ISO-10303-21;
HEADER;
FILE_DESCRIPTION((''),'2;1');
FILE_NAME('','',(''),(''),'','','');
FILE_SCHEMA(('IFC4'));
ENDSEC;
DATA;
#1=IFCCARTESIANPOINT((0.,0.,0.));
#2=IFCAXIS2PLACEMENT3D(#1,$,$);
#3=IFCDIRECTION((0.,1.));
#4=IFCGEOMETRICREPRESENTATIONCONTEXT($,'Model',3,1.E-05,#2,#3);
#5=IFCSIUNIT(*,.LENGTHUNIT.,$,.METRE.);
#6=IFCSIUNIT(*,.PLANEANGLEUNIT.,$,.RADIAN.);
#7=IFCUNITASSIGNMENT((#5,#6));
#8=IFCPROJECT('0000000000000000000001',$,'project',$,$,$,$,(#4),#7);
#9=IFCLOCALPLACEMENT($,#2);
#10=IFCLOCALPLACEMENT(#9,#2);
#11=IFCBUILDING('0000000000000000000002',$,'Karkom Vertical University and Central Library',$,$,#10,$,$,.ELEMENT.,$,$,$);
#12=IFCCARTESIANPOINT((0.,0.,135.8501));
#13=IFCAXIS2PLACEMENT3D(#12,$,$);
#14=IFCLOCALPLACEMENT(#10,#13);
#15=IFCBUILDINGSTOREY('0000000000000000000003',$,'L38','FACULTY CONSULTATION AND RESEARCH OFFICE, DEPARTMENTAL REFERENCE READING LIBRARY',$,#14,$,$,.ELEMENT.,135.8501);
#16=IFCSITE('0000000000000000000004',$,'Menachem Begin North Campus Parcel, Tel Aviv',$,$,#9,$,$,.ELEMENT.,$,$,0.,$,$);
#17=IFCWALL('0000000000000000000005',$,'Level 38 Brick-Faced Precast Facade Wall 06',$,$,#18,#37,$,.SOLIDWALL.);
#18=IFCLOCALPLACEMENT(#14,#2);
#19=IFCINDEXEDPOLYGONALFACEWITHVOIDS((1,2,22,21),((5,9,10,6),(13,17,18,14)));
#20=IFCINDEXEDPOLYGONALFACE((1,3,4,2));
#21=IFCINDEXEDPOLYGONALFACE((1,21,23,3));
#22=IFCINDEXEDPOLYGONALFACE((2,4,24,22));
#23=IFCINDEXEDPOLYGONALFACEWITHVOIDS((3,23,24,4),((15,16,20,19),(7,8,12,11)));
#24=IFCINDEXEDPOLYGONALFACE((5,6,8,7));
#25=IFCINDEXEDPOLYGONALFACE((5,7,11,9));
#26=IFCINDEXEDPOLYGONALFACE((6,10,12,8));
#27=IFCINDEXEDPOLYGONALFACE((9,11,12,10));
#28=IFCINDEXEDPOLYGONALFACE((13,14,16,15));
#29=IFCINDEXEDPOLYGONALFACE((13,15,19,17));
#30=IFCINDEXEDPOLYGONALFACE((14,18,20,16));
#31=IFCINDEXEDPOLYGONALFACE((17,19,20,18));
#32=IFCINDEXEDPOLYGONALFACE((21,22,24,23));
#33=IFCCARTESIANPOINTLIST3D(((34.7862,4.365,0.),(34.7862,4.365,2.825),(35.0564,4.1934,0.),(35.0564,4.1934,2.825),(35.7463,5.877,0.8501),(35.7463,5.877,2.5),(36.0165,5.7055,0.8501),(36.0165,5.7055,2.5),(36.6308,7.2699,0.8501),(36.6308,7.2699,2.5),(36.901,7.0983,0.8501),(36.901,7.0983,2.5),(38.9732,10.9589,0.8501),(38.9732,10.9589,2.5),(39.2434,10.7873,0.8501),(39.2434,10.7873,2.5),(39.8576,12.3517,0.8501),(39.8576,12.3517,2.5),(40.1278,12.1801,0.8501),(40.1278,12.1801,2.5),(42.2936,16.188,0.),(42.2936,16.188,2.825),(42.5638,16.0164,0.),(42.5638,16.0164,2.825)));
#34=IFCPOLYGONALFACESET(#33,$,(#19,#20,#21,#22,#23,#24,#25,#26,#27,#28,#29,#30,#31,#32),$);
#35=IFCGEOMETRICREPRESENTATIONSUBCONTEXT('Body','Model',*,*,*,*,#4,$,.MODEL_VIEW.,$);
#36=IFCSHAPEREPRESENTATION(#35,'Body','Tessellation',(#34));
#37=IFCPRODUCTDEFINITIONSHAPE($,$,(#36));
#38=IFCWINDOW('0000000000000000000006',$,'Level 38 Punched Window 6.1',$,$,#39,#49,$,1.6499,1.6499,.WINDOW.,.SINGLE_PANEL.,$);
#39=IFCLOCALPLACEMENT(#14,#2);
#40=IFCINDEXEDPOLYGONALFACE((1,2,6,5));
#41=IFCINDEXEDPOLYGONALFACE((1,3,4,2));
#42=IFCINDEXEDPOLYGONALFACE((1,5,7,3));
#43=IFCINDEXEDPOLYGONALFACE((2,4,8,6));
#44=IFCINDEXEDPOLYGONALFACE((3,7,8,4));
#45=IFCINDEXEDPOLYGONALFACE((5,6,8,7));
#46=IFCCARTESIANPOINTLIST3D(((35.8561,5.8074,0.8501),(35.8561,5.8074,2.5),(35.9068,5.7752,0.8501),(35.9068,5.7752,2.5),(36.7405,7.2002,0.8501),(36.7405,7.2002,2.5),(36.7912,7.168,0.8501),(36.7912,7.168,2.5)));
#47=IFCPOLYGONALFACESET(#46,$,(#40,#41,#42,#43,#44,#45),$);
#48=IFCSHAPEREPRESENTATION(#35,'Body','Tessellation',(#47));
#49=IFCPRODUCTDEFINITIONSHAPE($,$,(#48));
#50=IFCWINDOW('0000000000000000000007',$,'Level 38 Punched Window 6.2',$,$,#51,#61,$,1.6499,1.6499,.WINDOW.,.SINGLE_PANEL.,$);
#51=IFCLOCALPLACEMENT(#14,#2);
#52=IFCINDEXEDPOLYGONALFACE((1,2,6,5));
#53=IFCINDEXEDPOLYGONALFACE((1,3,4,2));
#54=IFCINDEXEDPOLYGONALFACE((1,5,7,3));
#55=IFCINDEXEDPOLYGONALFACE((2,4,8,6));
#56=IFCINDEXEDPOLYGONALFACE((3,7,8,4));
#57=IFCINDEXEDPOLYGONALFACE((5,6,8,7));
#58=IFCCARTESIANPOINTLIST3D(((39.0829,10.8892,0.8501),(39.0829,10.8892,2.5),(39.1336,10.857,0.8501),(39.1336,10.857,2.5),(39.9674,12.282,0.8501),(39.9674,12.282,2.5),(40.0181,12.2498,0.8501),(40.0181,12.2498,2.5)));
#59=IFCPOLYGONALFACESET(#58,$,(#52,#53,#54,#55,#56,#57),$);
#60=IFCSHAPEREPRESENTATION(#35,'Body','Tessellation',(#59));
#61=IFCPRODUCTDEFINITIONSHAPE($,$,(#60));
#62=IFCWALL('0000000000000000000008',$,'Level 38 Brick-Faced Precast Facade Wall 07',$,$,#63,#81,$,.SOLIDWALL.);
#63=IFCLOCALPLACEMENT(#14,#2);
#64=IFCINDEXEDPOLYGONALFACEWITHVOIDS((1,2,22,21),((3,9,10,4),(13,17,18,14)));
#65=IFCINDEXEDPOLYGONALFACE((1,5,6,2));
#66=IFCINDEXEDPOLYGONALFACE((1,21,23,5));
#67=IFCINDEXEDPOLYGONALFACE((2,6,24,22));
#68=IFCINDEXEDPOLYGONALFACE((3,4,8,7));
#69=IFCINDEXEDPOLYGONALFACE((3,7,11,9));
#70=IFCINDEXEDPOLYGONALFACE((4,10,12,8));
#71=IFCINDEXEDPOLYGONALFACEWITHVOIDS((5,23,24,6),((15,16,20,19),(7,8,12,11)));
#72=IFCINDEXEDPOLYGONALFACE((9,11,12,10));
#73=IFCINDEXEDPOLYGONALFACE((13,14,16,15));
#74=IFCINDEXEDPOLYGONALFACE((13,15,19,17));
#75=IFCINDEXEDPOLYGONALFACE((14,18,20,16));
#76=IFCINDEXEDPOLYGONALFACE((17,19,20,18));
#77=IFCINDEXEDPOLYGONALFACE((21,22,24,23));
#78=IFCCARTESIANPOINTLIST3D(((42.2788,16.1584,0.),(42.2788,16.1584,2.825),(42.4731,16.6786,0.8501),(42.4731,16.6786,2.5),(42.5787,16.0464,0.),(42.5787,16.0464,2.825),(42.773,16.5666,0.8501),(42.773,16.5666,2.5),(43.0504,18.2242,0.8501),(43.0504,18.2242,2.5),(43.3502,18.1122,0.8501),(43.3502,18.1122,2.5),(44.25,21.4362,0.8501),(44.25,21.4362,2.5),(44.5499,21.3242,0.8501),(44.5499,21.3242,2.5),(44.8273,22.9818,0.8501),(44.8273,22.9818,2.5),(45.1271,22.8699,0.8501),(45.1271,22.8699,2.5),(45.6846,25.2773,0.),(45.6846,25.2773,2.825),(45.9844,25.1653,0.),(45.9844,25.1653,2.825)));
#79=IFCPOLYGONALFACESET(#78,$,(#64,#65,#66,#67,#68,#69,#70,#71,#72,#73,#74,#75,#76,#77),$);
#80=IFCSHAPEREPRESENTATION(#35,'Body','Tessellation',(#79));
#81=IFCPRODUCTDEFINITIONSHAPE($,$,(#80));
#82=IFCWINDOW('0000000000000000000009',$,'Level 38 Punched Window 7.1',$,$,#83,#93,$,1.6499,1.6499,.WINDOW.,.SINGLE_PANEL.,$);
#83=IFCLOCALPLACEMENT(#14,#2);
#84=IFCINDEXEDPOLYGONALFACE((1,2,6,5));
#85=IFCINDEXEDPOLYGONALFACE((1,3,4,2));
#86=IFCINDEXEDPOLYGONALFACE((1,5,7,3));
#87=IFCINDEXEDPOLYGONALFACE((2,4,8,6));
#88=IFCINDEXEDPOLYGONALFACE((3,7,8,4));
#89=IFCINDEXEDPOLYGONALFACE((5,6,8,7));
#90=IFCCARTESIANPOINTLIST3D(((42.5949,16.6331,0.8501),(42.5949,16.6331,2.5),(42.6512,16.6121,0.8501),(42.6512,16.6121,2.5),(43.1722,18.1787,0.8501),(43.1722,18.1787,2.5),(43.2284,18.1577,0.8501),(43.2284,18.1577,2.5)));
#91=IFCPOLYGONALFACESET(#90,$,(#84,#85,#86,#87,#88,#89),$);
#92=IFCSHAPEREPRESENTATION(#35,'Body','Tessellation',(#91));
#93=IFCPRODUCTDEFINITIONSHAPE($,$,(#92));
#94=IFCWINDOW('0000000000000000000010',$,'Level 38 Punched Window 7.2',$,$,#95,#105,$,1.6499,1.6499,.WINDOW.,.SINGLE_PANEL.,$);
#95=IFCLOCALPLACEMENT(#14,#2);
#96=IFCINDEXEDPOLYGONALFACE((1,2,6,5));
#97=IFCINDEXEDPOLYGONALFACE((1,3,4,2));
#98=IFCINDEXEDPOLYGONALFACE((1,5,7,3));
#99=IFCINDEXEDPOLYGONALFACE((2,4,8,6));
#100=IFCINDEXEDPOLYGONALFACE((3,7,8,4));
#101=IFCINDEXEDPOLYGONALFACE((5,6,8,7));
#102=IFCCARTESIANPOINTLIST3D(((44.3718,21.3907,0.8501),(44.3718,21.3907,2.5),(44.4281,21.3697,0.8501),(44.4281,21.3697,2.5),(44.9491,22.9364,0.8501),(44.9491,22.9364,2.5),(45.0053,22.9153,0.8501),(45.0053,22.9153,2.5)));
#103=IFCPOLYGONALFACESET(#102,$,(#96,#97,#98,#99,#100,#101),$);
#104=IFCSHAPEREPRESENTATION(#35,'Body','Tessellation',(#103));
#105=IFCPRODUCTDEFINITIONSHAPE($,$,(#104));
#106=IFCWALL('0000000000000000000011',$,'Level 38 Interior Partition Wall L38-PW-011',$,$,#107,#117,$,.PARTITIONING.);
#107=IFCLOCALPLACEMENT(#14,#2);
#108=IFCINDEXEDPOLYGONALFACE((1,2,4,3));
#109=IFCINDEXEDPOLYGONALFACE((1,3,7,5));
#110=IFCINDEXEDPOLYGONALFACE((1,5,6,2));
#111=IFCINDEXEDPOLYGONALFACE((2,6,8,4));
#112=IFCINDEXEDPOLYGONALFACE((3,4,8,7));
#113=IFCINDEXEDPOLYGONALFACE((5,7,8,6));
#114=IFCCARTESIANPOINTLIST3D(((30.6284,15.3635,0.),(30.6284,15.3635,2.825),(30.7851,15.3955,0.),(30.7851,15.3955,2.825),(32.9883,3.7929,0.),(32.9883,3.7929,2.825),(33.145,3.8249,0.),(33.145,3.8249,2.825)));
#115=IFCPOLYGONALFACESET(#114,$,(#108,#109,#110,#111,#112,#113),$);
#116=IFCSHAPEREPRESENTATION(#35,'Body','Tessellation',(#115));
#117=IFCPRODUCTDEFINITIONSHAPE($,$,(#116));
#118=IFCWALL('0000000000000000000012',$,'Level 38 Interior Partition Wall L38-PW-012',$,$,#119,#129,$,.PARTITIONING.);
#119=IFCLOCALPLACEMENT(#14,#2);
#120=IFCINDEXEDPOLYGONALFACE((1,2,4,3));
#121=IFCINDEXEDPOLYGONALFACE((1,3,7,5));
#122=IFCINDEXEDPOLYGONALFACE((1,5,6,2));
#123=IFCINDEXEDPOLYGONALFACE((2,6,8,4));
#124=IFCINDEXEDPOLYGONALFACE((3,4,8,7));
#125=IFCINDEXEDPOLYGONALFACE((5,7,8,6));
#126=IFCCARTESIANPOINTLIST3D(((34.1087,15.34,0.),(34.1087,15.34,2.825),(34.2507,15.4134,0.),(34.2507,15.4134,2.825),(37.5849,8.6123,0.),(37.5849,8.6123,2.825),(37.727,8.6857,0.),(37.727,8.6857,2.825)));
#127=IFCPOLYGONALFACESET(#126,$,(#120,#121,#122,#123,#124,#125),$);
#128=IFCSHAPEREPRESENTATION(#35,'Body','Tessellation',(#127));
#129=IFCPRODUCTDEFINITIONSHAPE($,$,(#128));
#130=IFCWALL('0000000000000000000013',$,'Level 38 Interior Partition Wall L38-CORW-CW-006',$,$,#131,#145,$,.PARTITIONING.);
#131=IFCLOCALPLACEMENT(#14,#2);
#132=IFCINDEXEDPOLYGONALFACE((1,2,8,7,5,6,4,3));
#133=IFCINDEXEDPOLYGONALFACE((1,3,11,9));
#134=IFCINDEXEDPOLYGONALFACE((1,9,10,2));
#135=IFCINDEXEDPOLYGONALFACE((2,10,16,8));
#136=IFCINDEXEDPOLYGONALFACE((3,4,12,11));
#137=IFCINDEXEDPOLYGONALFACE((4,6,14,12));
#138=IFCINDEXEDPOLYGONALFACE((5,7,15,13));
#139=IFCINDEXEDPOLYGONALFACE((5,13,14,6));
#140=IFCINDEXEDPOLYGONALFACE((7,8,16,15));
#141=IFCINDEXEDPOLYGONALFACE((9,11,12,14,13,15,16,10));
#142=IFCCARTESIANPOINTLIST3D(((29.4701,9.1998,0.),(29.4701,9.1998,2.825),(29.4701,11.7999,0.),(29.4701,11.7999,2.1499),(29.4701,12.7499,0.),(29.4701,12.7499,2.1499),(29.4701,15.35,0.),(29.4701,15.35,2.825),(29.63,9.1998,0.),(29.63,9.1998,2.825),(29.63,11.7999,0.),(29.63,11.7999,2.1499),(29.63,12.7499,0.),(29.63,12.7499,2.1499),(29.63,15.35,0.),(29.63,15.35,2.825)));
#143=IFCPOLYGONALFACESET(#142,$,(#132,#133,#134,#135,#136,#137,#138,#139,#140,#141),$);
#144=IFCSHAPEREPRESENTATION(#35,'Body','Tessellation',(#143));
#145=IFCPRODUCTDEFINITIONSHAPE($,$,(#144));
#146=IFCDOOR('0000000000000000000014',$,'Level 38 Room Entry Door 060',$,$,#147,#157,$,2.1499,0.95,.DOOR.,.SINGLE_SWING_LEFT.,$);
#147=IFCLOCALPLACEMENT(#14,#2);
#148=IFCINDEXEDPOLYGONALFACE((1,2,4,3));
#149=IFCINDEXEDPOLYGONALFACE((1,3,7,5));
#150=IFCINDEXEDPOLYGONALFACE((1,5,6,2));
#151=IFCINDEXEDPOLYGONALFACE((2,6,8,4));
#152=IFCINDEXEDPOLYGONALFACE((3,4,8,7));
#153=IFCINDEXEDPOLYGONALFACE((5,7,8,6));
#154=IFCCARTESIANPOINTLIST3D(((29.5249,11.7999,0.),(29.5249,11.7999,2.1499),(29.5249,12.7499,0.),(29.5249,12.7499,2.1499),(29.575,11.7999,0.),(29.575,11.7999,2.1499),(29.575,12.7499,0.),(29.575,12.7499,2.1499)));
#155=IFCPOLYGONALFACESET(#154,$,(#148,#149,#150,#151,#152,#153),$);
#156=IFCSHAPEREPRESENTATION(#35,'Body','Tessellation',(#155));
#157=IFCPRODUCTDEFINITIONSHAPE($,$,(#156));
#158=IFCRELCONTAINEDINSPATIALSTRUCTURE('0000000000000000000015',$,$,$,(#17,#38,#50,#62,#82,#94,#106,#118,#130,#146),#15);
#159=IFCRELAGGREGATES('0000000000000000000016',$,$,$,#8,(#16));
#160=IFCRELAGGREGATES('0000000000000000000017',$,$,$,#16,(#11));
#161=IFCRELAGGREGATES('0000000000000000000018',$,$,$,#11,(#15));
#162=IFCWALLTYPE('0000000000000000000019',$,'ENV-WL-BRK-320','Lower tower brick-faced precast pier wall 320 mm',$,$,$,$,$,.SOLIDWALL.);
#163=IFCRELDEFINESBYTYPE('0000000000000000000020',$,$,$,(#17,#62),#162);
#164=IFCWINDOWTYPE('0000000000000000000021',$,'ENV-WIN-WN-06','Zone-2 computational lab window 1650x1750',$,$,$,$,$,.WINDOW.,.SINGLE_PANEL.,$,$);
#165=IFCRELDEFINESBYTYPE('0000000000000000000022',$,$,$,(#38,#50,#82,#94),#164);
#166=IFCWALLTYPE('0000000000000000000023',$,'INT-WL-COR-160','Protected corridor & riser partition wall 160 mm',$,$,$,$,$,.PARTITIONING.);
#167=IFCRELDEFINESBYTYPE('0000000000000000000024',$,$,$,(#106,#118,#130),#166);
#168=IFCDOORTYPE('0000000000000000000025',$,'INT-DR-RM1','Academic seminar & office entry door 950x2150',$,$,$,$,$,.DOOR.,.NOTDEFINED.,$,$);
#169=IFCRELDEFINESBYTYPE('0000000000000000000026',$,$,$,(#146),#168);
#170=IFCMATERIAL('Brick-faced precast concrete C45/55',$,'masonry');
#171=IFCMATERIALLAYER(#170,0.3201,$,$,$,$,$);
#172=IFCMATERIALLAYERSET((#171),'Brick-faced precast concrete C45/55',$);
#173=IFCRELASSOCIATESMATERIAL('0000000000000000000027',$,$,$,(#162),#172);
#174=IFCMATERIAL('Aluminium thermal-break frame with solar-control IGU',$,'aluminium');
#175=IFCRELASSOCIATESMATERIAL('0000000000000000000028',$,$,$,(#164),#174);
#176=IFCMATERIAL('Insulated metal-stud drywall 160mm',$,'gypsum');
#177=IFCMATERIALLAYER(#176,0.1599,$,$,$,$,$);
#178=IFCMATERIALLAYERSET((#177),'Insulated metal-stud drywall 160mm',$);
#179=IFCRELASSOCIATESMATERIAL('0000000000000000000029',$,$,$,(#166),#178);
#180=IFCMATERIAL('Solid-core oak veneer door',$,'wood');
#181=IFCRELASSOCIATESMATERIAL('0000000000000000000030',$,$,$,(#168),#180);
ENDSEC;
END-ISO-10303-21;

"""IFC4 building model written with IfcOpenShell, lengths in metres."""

from ifc_helpers import new_model, si_unit, direction, frame, frame_2d, origin, origin_with_axes, place, context, subcontext, project, spatial, rectangle, extrude, source, transform, mapped, material, layer, layer_set, type_object, element, fill, save


model = new_model("IFC4")

# Units and contexts
model_context = context("Model", 3, precision=1e-05, world=origin(), true_north=direction((0.0, 1.0)))
body_context = subcontext(model_context, "Body", "Model", "MODEL_VIEW")
ifc_project = project(units=[si_unit("LENGTHUNIT", "METRE"), si_unit("PLANEANGLEUNIT", "RADIAN")], contexts=[model_context])

# Site, building, storey
site_placement = place(None, origin())
site = spatial("IfcSite", under=ifc_project, at=site_placement, Name="Menachem Begin North Campus Parcel, Tel Aviv", CompositionType="ELEMENT", RefElevation=0.0)
building_placement = place(site_placement, origin())
building = spatial("IfcBuilding", under=site, at=building_placement, Name="Karkom Vertical University and Central Library", CompositionType="ELEMENT")
storey_placement = place(building_placement, frame((0.0, 0.0, 135.8501)))
storey = spatial("IfcBuildingStorey", under=building, at=storey_placement, Name="L38", Description="FACULTY CONSULTATION AND RESEARCH OFFICE, DEPARTMENTAL REFERENCE READING LIBRARY", CompositionType="ELEMENT", Elevation=135.8501)

# Walls, openings, windows
ifc_material_1 = material(Name="Brick-faced precast concrete C45/55", Category="masonry")
ifc_layer_1 = layer(ifc_material_1, 0.3201)
ifc_layer_set_1 = layer_set([ifc_layer_1], Name="Brick-faced precast concrete C45/55")
wall_type_1 = type_object("IfcWallType", Name="ENV-WL-BRK-320", Description="Lower tower brick-faced precast pier wall 320 mm", PredefinedType="SOLIDWALL", material=ifc_layer_set_1)
wall_1_placement = place(storey_placement, frame((34.9214, 4.2793, 0.0), z_axis=(0.0, 0.0, 1.0), x_axis=(0.536042, 0.844192, 0.0)))
wall_1 = element("IfcWall", 1, at=wall_1_placement, inside=storey, type_object=wall_type_1, Name="Level 38 Brick-Faced Precast Facade Wall 06", PredefinedType="SOLIDWALL", context=body_context, shape_type="SweptSolid", body=[
    extrude(rectangle(XDim=14.0051, YDim=0.3201, at=frame_2d((7.0024, 0.0))), origin(), (0.0, 0.0, 1.0), 2.825),
])
opening_1_placement = place(wall_1_placement, frame((1.791, 0.0, 0.8501)))
opening_1 = element("IfcOpeningElement", 2, at=opening_1_placement, cuts=wall_1, PredefinedType="OPENING", context=body_context, shape_type="SweptSolid", body=[
    extrude(rectangle(XDim=1.6499, YDim=1.6499, at=frame_2d((0.825, 0.825))), frame((0.0, 0.1699, 0.0), z_axis=(0.0, -1.0, 0.0), x_axis=(1.0, 0.0, 0.0)), (0.0, 0.0, 1.0), 0.3401),
])
opening_2_placement = place(wall_1_placement, frame((7.8108, 0.0, 0.8501)))
opening_2 = element("IfcOpeningElement", 3, at=opening_2_placement, cuts=wall_1, PredefinedType="OPENING", context=body_context, shape_type="SweptSolid", body=[
    extrude(rectangle(XDim=1.6499, YDim=1.6499, at=frame_2d((0.825, 0.825))), frame((0.0, 0.1699, 0.0), z_axis=(0.0, -1.0, 0.0), x_axis=(1.0, 0.0, 0.0)), (0.0, 0.0, 1.0), 0.3401),
])
ifc_material_2 = material(Name="Aluminium thermal-break frame with solar-control IGU", Category="aluminium")
window_type = type_object("IfcWindowType", Name="ENV-WIN-WN-06", Description="Zone-2 computational lab window 1650x1750", PartitioningType="SINGLE_PANEL", PredefinedType="WINDOW", material=ifc_material_2)
shared_shape_1 = source(origin_with_axes(), body_context, "Body", "SweptSolid", [
    extrude(rectangle(XDim=1.6499, YDim=1.6499, at=frame_2d((0.825, 0.825))), frame((0.0, 0.03, 0.0), z_axis=(0.0, -1.0, 0.0), x_axis=(1.0, 0.0, 0.0)), (0.0, 0.0, 1.0), 0.0601),
])
window_1_placement = place(opening_1_placement, origin())
window_1 = element("IfcWindow", 4, at=window_1_placement, inside=storey, type_object=window_type, Name="Level 38 Punched Window 6.1", OverallHeight=1.6499, OverallWidth=1.6499, PartitioningType="SINGLE_PANEL", PredefinedType="WINDOW", context=body_context, shape_type="MappedRepresentation", body=[
    mapped(shared_shape_1, transform((0.0, 0.0, 0.0), scale=1.0)),
])
fill(opening_1, window_1)
window_2_placement = place(opening_2_placement, origin())
window_2 = element("IfcWindow", 5, at=window_2_placement, inside=storey, type_object=window_type, Name="Level 38 Punched Window 6.2", OverallHeight=1.6499, OverallWidth=1.6499, PartitioningType="SINGLE_PANEL", PredefinedType="WINDOW", context=body_context, shape_type="MappedRepresentation", body=[
    mapped(shared_shape_1, transform((0.0, 0.0, 0.0), scale=1.0)),
])
fill(opening_2, window_2)
wall_2_placement = place(storey_placement, frame((42.4287, 16.1023, 0.0), z_axis=(0.0, 0.0, 1.0), x_axis=(0.349878, 0.936795, 0.0)))
wall_2 = element("IfcWall", 6, at=wall_2_placement, inside=storey, type_object=wall_type_1, Name="Level 38 Brick-Faced Precast Facade Wall 07", PredefinedType="SOLIDWALL", context=body_context, shape_type="SweptSolid", body=[
    extrude(rectangle(XDim=9.7341, YDim=0.3201, at=frame_2d((4.8672, 0.0))), origin(), (0.0, 0.0, 1.0), 2.825),
])
opening_3_placement = place(wall_2_placement, frame((0.5554, 0.0, 0.8501)))
opening_3 = element("IfcOpeningElement", 7, at=opening_3_placement, cuts=wall_2, PredefinedType="OPENING", context=body_context, shape_type="SweptSolid", body=[
    extrude(rectangle(XDim=1.6499, YDim=1.6499, at=frame_2d((0.825, 0.825))), frame((0.0, 0.1699, 0.0), z_axis=(0.0, -1.0, 0.0), x_axis=(1.0, 0.0, 0.0)), (0.0, 0.0, 1.0), 0.3401),
])
opening_4_placement = place(wall_2_placement, frame((5.634, 0.0, 0.8501)))
opening_4 = element("IfcOpeningElement", 8, at=opening_4_placement, cuts=wall_2, PredefinedType="OPENING", context=body_context, shape_type="SweptSolid", body=[
    extrude(rectangle(XDim=1.6499, YDim=1.6499, at=frame_2d((0.825, 0.825))), frame((0.0, 0.1699, 0.0), z_axis=(0.0, -1.0, 0.0), x_axis=(1.0, 0.0, 0.0)), (0.0, 0.0, 1.0), 0.3401),
])
window_3_placement = place(opening_3_placement, origin())
window_3 = element("IfcWindow", 9, at=window_3_placement, inside=storey, type_object=window_type, Name="Level 38 Punched Window 7.1", OverallHeight=1.6499, OverallWidth=1.6499, PartitioningType="SINGLE_PANEL", PredefinedType="WINDOW", context=body_context, shape_type="MappedRepresentation", body=[
    mapped(shared_shape_1, transform((0.0, 0.0, 0.0), scale=1.0)),
])
fill(opening_3, window_3)
window_4_placement = place(opening_4_placement, origin())
window_4 = element("IfcWindow", 10, at=window_4_placement, inside=storey, type_object=window_type, Name="Level 38 Punched Window 7.2", OverallHeight=1.6499, OverallWidth=1.6499, PartitioningType="SINGLE_PANEL", PredefinedType="WINDOW", context=body_context, shape_type="MappedRepresentation", body=[
    mapped(shared_shape_1, transform((0.0, 0.0, 0.0), scale=1.0)),
])
fill(opening_4, window_4)

# Wall
ifc_material_3 = material(Name="Insulated metal-stud drywall 160mm", Category="gypsum")
ifc_layer_2 = layer(ifc_material_3, 0.1599)
ifc_layer_set_2 = layer_set([ifc_layer_2], Name="Insulated metal-stud drywall 160mm")
wall_type_2 = type_object("IfcWallType", Name="INT-WL-COR-160", Description="Protected corridor & riser partition wall 160 mm", PredefinedType="PARTITIONING", material=ifc_layer_set_2)
wall_3_placement = place(storey_placement, frame((30.7068, 15.3794, 0.0), z_axis=(0.0, 0.0, 1.0), x_axis=(0.19984, -0.979829, 0.0)))
element("IfcWall", 11, at=wall_3_placement, inside=storey, type_object=wall_type_2, Name="Level 38 Interior Partition Wall L38-PW-011", PredefinedType="PARTITIONING", context=body_context, shape_type="SweptSolid", body=[
    extrude(rectangle(XDim=11.8088, YDim=0.1599, at=frame_2d((5.9043, 0.0))), origin(), (0.0, 0.0, 1.0), 2.825),
])

# Shared definitions
ifc_material_4 = material(Name="Solid-core oak veneer door", Category="wood")
door_type = type_object("IfcDoorType", Name="INT-DR-RM1", Description="Academic seminar & office entry door 950x2150", OperationType="NOTDEFINED", PredefinedType="DOOR", material=ifc_material_4)
shared_shape_2 = source(origin_with_axes(), body_context, "Body", "SweptSolid", [
    extrude(rectangle(XDim=0.95, YDim=2.1499, at=frame_2d((0.4751, 1.075))), frame((0.0, 0.0249, 0.0), z_axis=(0.0, -1.0, 0.0), x_axis=(1.0, 0.0, 0.0)), (0.0, 0.0, 1.0), 0.05),
])

# Wall
wall_4_placement = place(storey_placement, frame((34.1797, 15.3767, 0.0), z_axis=(0.0, 0.0, 1.0), x_axis=(0.459051, -0.88841, 0.0)))
element("IfcWall", 12, at=wall_4_placement, inside=storey, type_object=wall_type_2, Name="Level 38 Interior Partition Wall L38-PW-012", PredefinedType="PARTITIONING", context=body_context, shape_type="SweptSolid", body=[
    extrude(rectangle(XDim=7.5728, YDim=0.1599, at=frame_2d((3.7864, 0.0))), origin(), (0.0, 0.0, 1.0), 2.825),
])

# Wall, opening, door
wall_5_placement = place(storey_placement, frame((29.55, 15.3501, 0.0), z_axis=(0.0, 0.0, 1.0), x_axis=(0.0, -1.0, 0.0)))
wall_5 = element("IfcWall", 13, at=wall_5_placement, inside=storey, type_object=wall_type_2, Name="Level 38 Interior Partition Wall L38-CORW-CW-006", PredefinedType="PARTITIONING", context=body_context, shape_type="SweptSolid", body=[
    extrude(rectangle(XDim=6.1501, YDim=0.1599, at=frame_2d((3.0752, 0.0))), origin(), (0.0, 0.0, 1.0), 2.825),
])
opening_5_placement = place(wall_5_placement, frame((2.6001, 0.0, 0.0)))
opening_5 = element("IfcOpeningElement", 14, at=opening_5_placement, cuts=wall_5, PredefinedType="OPENING", context=body_context, shape_type="SweptSolid", body=[
    extrude(rectangle(XDim=0.95, YDim=2.1499, at=frame_2d((0.4751, 1.075))), frame((0.0, 0.0898, 0.0), z_axis=(0.0, -1.0, 0.0), x_axis=(1.0, 0.0, 0.0)), (0.0, 0.0, 1.0), 0.1799),
])
door_1_placement = place(opening_5_placement, origin())
door_1 = element("IfcDoor", 15, at=door_1_placement, inside=storey, type_object=door_type, Name="Level 38 Room Entry Door 060", OperationType="SINGLE_SWING_LEFT", OverallHeight=2.1499, OverallWidth=0.95, PredefinedType="DOOR", context=body_context, shape_type="MappedRepresentation", body=[
    mapped(shared_shape_2, transform((0.0, 0.0, 0.0), scale=1.0)),
])
fill(opening_5, door_1)

save(model, "model.ifc")
